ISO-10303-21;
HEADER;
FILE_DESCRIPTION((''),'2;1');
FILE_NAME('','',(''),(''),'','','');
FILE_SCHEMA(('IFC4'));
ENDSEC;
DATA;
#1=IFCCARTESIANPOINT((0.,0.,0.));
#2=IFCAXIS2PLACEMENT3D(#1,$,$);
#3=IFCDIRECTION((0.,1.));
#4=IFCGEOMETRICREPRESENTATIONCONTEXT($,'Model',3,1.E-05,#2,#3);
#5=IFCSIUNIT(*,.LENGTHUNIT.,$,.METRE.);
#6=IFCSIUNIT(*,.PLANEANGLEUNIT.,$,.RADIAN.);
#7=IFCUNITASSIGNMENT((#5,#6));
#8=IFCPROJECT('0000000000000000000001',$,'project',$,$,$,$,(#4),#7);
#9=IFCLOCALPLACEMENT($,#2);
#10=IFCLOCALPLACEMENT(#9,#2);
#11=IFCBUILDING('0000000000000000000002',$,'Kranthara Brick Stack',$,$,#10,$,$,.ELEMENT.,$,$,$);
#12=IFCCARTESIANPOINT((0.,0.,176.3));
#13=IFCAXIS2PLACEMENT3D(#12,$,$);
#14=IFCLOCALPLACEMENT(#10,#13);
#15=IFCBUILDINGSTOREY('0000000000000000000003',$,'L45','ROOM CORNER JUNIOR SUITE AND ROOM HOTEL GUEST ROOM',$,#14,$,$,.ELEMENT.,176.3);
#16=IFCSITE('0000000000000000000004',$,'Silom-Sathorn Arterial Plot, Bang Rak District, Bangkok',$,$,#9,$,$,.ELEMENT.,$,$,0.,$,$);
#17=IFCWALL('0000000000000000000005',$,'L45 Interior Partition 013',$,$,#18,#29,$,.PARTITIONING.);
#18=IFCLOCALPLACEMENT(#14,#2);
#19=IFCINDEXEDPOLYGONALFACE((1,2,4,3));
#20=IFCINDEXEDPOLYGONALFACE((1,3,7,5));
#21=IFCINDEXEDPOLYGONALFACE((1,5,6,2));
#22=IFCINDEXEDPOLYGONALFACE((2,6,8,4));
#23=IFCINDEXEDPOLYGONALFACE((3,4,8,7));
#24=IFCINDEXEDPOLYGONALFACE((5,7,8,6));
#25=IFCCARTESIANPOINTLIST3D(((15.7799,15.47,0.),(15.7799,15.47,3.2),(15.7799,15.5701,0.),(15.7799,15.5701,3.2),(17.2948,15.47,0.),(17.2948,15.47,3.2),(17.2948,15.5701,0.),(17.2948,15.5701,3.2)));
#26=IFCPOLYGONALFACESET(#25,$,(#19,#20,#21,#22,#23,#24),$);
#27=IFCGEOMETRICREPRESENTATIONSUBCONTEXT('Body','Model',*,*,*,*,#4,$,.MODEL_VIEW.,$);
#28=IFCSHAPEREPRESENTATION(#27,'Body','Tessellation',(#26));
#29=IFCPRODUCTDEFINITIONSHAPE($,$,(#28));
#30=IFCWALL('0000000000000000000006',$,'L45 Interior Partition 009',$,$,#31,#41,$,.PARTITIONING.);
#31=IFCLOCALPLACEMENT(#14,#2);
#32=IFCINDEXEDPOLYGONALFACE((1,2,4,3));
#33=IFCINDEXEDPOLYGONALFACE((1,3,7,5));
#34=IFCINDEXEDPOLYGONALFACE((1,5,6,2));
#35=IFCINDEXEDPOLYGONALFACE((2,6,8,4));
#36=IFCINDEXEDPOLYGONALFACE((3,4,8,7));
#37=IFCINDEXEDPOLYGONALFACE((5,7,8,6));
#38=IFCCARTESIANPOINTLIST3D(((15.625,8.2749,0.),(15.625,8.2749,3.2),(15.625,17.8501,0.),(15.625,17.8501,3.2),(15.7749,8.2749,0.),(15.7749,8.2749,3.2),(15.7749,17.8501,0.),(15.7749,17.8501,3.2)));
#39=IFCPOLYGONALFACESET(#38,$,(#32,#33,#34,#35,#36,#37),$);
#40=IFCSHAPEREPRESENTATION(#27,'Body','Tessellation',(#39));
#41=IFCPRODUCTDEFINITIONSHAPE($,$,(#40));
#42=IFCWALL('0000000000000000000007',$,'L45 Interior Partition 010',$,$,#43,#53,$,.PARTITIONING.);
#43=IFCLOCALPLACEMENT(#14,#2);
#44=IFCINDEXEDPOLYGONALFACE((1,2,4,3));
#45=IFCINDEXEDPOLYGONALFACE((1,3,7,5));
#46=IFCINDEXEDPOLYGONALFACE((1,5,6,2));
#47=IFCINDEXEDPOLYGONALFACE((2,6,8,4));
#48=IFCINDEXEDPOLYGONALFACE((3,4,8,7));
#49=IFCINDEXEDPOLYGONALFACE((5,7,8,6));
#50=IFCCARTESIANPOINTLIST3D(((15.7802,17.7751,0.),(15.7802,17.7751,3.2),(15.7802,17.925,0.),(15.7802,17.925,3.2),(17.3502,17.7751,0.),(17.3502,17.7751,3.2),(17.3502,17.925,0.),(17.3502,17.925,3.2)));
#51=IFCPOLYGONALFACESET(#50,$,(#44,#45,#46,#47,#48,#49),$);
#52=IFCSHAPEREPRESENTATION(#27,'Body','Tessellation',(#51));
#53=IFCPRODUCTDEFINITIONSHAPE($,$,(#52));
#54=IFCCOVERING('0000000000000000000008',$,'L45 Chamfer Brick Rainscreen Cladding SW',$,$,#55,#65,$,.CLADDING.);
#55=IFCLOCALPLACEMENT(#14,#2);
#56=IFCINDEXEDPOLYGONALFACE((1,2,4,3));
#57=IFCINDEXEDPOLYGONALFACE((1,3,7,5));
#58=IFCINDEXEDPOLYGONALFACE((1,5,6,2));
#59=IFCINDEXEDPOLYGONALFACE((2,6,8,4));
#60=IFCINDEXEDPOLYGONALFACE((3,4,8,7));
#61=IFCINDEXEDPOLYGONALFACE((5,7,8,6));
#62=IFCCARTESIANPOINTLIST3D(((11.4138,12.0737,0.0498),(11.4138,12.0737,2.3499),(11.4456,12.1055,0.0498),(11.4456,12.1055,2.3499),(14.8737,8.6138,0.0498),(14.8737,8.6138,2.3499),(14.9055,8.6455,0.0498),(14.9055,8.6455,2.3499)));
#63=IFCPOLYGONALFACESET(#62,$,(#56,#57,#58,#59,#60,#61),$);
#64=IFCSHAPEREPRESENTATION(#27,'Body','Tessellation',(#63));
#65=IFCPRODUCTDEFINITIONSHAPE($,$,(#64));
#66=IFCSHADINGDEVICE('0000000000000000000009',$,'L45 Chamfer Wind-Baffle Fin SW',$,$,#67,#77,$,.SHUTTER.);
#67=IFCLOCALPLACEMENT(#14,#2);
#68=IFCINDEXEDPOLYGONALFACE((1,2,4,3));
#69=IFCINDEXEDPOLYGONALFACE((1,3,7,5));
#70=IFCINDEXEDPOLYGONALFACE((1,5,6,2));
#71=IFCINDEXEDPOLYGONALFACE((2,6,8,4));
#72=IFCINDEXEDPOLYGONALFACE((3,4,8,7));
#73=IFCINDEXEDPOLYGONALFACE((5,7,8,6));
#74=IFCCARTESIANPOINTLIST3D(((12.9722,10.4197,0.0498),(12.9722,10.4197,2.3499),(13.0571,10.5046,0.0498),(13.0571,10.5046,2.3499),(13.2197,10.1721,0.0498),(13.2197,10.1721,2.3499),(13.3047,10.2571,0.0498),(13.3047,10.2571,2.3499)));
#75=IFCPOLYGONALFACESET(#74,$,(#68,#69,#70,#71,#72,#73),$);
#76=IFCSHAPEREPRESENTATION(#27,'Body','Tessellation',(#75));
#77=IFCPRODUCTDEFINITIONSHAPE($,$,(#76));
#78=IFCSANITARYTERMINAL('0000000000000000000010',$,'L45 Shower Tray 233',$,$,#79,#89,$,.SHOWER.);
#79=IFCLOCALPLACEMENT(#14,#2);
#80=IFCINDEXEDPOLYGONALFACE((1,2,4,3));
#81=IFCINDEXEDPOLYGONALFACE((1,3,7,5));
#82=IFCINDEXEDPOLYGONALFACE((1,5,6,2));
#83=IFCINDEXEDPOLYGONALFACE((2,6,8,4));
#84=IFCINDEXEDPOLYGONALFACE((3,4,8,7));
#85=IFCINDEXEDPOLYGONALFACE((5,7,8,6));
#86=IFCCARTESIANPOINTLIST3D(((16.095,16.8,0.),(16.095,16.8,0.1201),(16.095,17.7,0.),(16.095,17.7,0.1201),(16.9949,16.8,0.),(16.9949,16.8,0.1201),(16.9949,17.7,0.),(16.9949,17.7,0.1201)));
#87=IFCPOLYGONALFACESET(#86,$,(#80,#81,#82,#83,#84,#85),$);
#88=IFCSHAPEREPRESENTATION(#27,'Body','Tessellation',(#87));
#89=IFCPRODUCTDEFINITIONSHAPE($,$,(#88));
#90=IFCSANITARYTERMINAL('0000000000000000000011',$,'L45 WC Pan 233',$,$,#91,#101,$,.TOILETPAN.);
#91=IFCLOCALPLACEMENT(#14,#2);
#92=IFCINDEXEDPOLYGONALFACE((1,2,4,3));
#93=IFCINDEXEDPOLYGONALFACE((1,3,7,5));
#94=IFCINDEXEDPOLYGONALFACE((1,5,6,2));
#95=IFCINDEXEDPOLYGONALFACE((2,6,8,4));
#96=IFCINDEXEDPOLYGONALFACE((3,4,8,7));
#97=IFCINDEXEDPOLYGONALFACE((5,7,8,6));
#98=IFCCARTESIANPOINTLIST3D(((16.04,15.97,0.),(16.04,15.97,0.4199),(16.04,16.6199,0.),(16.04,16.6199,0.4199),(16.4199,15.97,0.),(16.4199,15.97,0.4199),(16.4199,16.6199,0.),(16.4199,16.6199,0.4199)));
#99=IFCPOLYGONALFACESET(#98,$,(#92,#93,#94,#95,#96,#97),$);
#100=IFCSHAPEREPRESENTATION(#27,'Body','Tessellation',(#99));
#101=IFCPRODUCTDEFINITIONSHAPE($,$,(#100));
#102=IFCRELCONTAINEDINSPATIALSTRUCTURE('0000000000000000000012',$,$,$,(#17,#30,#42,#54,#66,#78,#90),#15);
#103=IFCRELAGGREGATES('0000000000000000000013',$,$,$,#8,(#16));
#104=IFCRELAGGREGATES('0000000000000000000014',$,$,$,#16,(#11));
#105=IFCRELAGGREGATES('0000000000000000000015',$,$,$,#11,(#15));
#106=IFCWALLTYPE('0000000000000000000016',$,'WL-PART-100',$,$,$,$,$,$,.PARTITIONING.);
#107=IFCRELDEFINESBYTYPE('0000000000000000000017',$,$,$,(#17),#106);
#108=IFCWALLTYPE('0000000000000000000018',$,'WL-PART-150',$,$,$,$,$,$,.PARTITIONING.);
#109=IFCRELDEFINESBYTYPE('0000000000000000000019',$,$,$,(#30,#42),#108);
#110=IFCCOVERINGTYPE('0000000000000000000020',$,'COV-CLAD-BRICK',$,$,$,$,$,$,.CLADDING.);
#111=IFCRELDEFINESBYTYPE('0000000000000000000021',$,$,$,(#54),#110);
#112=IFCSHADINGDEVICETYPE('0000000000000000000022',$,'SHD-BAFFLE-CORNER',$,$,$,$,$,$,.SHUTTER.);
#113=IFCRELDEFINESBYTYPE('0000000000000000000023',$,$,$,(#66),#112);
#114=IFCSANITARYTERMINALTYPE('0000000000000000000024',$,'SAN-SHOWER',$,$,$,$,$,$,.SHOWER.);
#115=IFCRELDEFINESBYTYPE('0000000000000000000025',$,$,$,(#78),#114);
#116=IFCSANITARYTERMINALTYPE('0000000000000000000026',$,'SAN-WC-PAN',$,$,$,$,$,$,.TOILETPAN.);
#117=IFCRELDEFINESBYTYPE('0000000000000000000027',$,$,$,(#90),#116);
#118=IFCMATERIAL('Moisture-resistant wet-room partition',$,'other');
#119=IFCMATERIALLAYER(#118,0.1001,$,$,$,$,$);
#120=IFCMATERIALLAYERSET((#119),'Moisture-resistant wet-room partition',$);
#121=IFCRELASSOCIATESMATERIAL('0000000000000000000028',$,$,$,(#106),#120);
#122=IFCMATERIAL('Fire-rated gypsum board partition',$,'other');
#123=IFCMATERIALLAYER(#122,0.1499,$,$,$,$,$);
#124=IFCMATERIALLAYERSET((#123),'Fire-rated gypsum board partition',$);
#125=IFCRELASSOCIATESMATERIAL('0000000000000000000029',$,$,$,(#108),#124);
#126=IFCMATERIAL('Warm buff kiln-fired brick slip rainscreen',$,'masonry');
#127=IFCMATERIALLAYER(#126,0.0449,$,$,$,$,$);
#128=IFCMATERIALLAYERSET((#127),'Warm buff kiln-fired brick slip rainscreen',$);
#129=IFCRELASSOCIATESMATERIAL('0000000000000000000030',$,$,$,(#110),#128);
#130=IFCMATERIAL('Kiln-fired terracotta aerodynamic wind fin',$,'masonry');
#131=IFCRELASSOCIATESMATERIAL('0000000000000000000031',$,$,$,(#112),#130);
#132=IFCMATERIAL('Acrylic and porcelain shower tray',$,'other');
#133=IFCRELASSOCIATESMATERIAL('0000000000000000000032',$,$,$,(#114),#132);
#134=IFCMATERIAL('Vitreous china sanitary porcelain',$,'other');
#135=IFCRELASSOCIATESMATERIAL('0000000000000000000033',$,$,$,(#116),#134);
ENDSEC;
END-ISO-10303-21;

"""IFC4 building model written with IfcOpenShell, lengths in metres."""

from ifc_helpers import new_model, si_unit, direction, frame, frame_2d, origin, origin_2d, place, context, subcontext, project, spatial, rectangle, extrude, material, layer, layer_set, type_object, element, save


model = new_model("IFC4")

# Units and contexts
model_context = context("Model", 3, precision=1e-05, world=origin(), true_north=direction((0.0, 1.0)))
body_context = subcontext(model_context, "Body", "Model", "MODEL_VIEW")
ifc_project = project(units=[si_unit("LENGTHUNIT", "METRE"), si_unit("PLANEANGLEUNIT", "RADIAN")], contexts=[model_context])

# Site, building, storey
site_placement = place(None, origin())
site = spatial("IfcSite", under=ifc_project, at=site_placement, Name="Silom-Sathorn Arterial Plot, Bang Rak District, Bangkok", CompositionType="ELEMENT", RefElevation=0.0)
building_placement = place(site_placement, origin())
building = spatial("IfcBuilding", under=site, at=building_placement, Name="Kranthara Brick Stack", CompositionType="ELEMENT")
storey_placement = place(building_placement, frame((0.0, 0.0, 176.3)))
storey = spatial("IfcBuildingStorey", under=building, at=storey_placement, Name="L45", Description="ROOM CORNER JUNIOR SUITE AND ROOM HOTEL GUEST ROOM", CompositionType="ELEMENT", Elevation=176.3)

# Walls
ifc_material_1 = material(Name="Moisture-resistant wet-room partition", Category="other")
ifc_layer_1 = layer(ifc_material_1, 0.1001)
ifc_layer_set_1 = layer_set([ifc_layer_1], Name="Moisture-resistant wet-room partition")
wall_type_1 = type_object("IfcWallType", Name="WL-PART-100", PredefinedType="PARTITIONING", material=ifc_layer_set_1)
wall_1_placement = place(storey_placement, frame((15.78, 15.52, 0.0), z_axis=(0.0, 0.0, 1.0), x_axis=(1.0, 0.0, 0.0)))
element("IfcWall", 1, at=wall_1_placement, inside=storey, type_object=wall_type_1, Name="L45 Interior Partition 013", PredefinedType="PARTITIONING", context=body_context, shape_type="SweptSolid", body=[
    extrude(rectangle(XDim=1.5149, YDim=0.1001, at=frame_2d((0.7573, 0.0))), origin(), (0.0, 0.0, 1.0), 3.2),
])
ifc_material_2 = material(Name="Fire-rated gypsum board partition", Category="other")
ifc_layer_2 = layer(ifc_material_2, 0.1499)
ifc_layer_set_2 = layer_set([ifc_layer_2], Name="Fire-rated gypsum board partition")
wall_type_2 = type_object("IfcWallType", Name="WL-PART-150", PredefinedType="PARTITIONING", material=ifc_layer_set_2)
wall_2_placement = place(storey_placement, frame((15.7, 8.2749, 0.0), z_axis=(0.0, 0.0, 1.0), x_axis=(0.0, 1.0, 0.0)))
element("IfcWall", 2, at=wall_2_placement, inside=storey, type_object=wall_type_2, Name="L45 Interior Partition 009", PredefinedType="PARTITIONING", context=body_context, shape_type="SweptSolid", body=[
    extrude(rectangle(XDim=9.5752, YDim=0.1499, at=frame_2d((4.7876, 0.0))), origin(), (0.0, 0.0, 1.0), 3.2),
])
wall_3_placement = place(storey_placement, frame((15.78, 17.8501, 0.0), z_axis=(0.0, 0.0, 1.0), x_axis=(1.0, 0.0, 0.0)))
element("IfcWall", 3, at=wall_3_placement, inside=storey, type_object=wall_type_2, Name="L45 Interior Partition 010", PredefinedType="PARTITIONING", context=body_context, shape_type="SweptSolid", body=[
    extrude(rectangle(XDim=1.5701, YDim=0.1499, at=frame_2d((0.7852, 0.0))), origin(), (0.0, 0.0, 1.0), 3.2),
])

# Covering
ifc_material_3 = material(Name="Warm buff kiln-fired brick slip rainscreen", Category="masonry")
ifc_layer_3 = layer(ifc_material_3, 0.0449)
ifc_layer_set_3 = layer_set([ifc_layer_3], Name="Warm buff kiln-fired brick slip rainscreen")
covering_type = type_object("IfcCoveringType", Name="COV-CLAD-BRICK", PredefinedType="CLADDING", material=ifc_layer_set_3)
covering_placement = place(storey_placement, frame((13.1597, 10.3596, 0.0498), z_axis=(0.0, 0.0, 1.0), x_axis=(-0.707107, 0.707107, 0.0)))
element("IfcCovering", 4, at=covering_placement, inside=storey, type_object=covering_type, Name="L45 Chamfer Brick Rainscreen Cladding SW", PredefinedType="CLADDING", context=body_context, shape_type="SweptSolid", body=[
    extrude(rectangle(XDim=4.8931, YDim=0.0449, at=origin_2d()), origin(), (0.0, 0.0, 1.0), 2.3),
])

# Shading device
ifc_material_4 = material(Name="Kiln-fired terracotta aerodynamic wind fin", Category="masonry")
shading_device_type = type_object("IfcShadingDeviceType", Name="SHD-BAFFLE-CORNER", PredefinedType="SHUTTER", material=ifc_material_4)
shading_device_placement = place(storey_placement, frame((13.1384, 10.3384, 0.0498), z_axis=(0.0, 0.0, 1.0), x_axis=(-0.707107, 0.707107, 0.0)))
element("IfcShadingDevice", 5, at=shading_device_placement, inside=storey, type_object=shading_device_type, Name="L45 Chamfer Wind-Baffle Fin SW", PredefinedType="SHUTTER", context=body_context, shape_type="SweptSolid", body=[
    extrude(rectangle(XDim=0.3501, YDim=0.1201, at=origin_2d()), origin(), (0.0, 0.0, 1.0), 2.3),
])

# Sanitary terminals
ifc_material_5 = material(Name="Acrylic and porcelain shower tray", Category="other")
sanitary_terminal_type_1 = type_object("IfcSanitaryTerminalType", Name="SAN-SHOWER", PredefinedType="SHOWER", material=ifc_material_5)
sanitary_terminal_1_placement = place(storey_placement, frame((16.5449, 17.25, 0.0), z_axis=(0.0, 0.0, 1.0), x_axis=(1.0, 0.0, 0.0)))
element("IfcSanitaryTerminal", 6, at=sanitary_terminal_1_placement, inside=storey, type_object=sanitary_terminal_type_1, Name="L45 Shower Tray 233", PredefinedType="SHOWER", context=body_context, shape_type="SweptSolid", body=[
    extrude(rectangle(XDim=0.8999, YDim=0.8999, at=origin_2d()), origin(), (0.0, 0.0, 1.0), 0.1201),
])
ifc_material_6 = material(Name="Vitreous china sanitary porcelain", Category="other")
sanitary_terminal_type_2 = type_object("IfcSanitaryTerminalType", Name="SAN-WC-PAN", PredefinedType="TOILETPAN", material=ifc_material_6)
sanitary_terminal_2_placement = place(storey_placement, frame((16.23, 16.2949, 0.0), z_axis=(0.0, 0.0, 1.0), x_axis=(1.0, 0.0, 0.0)))
element("IfcSanitaryTerminal", 7, at=sanitary_terminal_2_placement, inside=storey, type_object=sanitary_terminal_type_2, Name="L45 WC Pan 233", PredefinedType="TOILETPAN", context=body_context, shape_type="SweptSolid", body=[
    extrude(rectangle(XDim=0.3799, YDim=0.6499, at=origin_2d()), origin(), (0.0, 0.0, 1.0), 0.4199),
])

save(model, "model.ifc")
